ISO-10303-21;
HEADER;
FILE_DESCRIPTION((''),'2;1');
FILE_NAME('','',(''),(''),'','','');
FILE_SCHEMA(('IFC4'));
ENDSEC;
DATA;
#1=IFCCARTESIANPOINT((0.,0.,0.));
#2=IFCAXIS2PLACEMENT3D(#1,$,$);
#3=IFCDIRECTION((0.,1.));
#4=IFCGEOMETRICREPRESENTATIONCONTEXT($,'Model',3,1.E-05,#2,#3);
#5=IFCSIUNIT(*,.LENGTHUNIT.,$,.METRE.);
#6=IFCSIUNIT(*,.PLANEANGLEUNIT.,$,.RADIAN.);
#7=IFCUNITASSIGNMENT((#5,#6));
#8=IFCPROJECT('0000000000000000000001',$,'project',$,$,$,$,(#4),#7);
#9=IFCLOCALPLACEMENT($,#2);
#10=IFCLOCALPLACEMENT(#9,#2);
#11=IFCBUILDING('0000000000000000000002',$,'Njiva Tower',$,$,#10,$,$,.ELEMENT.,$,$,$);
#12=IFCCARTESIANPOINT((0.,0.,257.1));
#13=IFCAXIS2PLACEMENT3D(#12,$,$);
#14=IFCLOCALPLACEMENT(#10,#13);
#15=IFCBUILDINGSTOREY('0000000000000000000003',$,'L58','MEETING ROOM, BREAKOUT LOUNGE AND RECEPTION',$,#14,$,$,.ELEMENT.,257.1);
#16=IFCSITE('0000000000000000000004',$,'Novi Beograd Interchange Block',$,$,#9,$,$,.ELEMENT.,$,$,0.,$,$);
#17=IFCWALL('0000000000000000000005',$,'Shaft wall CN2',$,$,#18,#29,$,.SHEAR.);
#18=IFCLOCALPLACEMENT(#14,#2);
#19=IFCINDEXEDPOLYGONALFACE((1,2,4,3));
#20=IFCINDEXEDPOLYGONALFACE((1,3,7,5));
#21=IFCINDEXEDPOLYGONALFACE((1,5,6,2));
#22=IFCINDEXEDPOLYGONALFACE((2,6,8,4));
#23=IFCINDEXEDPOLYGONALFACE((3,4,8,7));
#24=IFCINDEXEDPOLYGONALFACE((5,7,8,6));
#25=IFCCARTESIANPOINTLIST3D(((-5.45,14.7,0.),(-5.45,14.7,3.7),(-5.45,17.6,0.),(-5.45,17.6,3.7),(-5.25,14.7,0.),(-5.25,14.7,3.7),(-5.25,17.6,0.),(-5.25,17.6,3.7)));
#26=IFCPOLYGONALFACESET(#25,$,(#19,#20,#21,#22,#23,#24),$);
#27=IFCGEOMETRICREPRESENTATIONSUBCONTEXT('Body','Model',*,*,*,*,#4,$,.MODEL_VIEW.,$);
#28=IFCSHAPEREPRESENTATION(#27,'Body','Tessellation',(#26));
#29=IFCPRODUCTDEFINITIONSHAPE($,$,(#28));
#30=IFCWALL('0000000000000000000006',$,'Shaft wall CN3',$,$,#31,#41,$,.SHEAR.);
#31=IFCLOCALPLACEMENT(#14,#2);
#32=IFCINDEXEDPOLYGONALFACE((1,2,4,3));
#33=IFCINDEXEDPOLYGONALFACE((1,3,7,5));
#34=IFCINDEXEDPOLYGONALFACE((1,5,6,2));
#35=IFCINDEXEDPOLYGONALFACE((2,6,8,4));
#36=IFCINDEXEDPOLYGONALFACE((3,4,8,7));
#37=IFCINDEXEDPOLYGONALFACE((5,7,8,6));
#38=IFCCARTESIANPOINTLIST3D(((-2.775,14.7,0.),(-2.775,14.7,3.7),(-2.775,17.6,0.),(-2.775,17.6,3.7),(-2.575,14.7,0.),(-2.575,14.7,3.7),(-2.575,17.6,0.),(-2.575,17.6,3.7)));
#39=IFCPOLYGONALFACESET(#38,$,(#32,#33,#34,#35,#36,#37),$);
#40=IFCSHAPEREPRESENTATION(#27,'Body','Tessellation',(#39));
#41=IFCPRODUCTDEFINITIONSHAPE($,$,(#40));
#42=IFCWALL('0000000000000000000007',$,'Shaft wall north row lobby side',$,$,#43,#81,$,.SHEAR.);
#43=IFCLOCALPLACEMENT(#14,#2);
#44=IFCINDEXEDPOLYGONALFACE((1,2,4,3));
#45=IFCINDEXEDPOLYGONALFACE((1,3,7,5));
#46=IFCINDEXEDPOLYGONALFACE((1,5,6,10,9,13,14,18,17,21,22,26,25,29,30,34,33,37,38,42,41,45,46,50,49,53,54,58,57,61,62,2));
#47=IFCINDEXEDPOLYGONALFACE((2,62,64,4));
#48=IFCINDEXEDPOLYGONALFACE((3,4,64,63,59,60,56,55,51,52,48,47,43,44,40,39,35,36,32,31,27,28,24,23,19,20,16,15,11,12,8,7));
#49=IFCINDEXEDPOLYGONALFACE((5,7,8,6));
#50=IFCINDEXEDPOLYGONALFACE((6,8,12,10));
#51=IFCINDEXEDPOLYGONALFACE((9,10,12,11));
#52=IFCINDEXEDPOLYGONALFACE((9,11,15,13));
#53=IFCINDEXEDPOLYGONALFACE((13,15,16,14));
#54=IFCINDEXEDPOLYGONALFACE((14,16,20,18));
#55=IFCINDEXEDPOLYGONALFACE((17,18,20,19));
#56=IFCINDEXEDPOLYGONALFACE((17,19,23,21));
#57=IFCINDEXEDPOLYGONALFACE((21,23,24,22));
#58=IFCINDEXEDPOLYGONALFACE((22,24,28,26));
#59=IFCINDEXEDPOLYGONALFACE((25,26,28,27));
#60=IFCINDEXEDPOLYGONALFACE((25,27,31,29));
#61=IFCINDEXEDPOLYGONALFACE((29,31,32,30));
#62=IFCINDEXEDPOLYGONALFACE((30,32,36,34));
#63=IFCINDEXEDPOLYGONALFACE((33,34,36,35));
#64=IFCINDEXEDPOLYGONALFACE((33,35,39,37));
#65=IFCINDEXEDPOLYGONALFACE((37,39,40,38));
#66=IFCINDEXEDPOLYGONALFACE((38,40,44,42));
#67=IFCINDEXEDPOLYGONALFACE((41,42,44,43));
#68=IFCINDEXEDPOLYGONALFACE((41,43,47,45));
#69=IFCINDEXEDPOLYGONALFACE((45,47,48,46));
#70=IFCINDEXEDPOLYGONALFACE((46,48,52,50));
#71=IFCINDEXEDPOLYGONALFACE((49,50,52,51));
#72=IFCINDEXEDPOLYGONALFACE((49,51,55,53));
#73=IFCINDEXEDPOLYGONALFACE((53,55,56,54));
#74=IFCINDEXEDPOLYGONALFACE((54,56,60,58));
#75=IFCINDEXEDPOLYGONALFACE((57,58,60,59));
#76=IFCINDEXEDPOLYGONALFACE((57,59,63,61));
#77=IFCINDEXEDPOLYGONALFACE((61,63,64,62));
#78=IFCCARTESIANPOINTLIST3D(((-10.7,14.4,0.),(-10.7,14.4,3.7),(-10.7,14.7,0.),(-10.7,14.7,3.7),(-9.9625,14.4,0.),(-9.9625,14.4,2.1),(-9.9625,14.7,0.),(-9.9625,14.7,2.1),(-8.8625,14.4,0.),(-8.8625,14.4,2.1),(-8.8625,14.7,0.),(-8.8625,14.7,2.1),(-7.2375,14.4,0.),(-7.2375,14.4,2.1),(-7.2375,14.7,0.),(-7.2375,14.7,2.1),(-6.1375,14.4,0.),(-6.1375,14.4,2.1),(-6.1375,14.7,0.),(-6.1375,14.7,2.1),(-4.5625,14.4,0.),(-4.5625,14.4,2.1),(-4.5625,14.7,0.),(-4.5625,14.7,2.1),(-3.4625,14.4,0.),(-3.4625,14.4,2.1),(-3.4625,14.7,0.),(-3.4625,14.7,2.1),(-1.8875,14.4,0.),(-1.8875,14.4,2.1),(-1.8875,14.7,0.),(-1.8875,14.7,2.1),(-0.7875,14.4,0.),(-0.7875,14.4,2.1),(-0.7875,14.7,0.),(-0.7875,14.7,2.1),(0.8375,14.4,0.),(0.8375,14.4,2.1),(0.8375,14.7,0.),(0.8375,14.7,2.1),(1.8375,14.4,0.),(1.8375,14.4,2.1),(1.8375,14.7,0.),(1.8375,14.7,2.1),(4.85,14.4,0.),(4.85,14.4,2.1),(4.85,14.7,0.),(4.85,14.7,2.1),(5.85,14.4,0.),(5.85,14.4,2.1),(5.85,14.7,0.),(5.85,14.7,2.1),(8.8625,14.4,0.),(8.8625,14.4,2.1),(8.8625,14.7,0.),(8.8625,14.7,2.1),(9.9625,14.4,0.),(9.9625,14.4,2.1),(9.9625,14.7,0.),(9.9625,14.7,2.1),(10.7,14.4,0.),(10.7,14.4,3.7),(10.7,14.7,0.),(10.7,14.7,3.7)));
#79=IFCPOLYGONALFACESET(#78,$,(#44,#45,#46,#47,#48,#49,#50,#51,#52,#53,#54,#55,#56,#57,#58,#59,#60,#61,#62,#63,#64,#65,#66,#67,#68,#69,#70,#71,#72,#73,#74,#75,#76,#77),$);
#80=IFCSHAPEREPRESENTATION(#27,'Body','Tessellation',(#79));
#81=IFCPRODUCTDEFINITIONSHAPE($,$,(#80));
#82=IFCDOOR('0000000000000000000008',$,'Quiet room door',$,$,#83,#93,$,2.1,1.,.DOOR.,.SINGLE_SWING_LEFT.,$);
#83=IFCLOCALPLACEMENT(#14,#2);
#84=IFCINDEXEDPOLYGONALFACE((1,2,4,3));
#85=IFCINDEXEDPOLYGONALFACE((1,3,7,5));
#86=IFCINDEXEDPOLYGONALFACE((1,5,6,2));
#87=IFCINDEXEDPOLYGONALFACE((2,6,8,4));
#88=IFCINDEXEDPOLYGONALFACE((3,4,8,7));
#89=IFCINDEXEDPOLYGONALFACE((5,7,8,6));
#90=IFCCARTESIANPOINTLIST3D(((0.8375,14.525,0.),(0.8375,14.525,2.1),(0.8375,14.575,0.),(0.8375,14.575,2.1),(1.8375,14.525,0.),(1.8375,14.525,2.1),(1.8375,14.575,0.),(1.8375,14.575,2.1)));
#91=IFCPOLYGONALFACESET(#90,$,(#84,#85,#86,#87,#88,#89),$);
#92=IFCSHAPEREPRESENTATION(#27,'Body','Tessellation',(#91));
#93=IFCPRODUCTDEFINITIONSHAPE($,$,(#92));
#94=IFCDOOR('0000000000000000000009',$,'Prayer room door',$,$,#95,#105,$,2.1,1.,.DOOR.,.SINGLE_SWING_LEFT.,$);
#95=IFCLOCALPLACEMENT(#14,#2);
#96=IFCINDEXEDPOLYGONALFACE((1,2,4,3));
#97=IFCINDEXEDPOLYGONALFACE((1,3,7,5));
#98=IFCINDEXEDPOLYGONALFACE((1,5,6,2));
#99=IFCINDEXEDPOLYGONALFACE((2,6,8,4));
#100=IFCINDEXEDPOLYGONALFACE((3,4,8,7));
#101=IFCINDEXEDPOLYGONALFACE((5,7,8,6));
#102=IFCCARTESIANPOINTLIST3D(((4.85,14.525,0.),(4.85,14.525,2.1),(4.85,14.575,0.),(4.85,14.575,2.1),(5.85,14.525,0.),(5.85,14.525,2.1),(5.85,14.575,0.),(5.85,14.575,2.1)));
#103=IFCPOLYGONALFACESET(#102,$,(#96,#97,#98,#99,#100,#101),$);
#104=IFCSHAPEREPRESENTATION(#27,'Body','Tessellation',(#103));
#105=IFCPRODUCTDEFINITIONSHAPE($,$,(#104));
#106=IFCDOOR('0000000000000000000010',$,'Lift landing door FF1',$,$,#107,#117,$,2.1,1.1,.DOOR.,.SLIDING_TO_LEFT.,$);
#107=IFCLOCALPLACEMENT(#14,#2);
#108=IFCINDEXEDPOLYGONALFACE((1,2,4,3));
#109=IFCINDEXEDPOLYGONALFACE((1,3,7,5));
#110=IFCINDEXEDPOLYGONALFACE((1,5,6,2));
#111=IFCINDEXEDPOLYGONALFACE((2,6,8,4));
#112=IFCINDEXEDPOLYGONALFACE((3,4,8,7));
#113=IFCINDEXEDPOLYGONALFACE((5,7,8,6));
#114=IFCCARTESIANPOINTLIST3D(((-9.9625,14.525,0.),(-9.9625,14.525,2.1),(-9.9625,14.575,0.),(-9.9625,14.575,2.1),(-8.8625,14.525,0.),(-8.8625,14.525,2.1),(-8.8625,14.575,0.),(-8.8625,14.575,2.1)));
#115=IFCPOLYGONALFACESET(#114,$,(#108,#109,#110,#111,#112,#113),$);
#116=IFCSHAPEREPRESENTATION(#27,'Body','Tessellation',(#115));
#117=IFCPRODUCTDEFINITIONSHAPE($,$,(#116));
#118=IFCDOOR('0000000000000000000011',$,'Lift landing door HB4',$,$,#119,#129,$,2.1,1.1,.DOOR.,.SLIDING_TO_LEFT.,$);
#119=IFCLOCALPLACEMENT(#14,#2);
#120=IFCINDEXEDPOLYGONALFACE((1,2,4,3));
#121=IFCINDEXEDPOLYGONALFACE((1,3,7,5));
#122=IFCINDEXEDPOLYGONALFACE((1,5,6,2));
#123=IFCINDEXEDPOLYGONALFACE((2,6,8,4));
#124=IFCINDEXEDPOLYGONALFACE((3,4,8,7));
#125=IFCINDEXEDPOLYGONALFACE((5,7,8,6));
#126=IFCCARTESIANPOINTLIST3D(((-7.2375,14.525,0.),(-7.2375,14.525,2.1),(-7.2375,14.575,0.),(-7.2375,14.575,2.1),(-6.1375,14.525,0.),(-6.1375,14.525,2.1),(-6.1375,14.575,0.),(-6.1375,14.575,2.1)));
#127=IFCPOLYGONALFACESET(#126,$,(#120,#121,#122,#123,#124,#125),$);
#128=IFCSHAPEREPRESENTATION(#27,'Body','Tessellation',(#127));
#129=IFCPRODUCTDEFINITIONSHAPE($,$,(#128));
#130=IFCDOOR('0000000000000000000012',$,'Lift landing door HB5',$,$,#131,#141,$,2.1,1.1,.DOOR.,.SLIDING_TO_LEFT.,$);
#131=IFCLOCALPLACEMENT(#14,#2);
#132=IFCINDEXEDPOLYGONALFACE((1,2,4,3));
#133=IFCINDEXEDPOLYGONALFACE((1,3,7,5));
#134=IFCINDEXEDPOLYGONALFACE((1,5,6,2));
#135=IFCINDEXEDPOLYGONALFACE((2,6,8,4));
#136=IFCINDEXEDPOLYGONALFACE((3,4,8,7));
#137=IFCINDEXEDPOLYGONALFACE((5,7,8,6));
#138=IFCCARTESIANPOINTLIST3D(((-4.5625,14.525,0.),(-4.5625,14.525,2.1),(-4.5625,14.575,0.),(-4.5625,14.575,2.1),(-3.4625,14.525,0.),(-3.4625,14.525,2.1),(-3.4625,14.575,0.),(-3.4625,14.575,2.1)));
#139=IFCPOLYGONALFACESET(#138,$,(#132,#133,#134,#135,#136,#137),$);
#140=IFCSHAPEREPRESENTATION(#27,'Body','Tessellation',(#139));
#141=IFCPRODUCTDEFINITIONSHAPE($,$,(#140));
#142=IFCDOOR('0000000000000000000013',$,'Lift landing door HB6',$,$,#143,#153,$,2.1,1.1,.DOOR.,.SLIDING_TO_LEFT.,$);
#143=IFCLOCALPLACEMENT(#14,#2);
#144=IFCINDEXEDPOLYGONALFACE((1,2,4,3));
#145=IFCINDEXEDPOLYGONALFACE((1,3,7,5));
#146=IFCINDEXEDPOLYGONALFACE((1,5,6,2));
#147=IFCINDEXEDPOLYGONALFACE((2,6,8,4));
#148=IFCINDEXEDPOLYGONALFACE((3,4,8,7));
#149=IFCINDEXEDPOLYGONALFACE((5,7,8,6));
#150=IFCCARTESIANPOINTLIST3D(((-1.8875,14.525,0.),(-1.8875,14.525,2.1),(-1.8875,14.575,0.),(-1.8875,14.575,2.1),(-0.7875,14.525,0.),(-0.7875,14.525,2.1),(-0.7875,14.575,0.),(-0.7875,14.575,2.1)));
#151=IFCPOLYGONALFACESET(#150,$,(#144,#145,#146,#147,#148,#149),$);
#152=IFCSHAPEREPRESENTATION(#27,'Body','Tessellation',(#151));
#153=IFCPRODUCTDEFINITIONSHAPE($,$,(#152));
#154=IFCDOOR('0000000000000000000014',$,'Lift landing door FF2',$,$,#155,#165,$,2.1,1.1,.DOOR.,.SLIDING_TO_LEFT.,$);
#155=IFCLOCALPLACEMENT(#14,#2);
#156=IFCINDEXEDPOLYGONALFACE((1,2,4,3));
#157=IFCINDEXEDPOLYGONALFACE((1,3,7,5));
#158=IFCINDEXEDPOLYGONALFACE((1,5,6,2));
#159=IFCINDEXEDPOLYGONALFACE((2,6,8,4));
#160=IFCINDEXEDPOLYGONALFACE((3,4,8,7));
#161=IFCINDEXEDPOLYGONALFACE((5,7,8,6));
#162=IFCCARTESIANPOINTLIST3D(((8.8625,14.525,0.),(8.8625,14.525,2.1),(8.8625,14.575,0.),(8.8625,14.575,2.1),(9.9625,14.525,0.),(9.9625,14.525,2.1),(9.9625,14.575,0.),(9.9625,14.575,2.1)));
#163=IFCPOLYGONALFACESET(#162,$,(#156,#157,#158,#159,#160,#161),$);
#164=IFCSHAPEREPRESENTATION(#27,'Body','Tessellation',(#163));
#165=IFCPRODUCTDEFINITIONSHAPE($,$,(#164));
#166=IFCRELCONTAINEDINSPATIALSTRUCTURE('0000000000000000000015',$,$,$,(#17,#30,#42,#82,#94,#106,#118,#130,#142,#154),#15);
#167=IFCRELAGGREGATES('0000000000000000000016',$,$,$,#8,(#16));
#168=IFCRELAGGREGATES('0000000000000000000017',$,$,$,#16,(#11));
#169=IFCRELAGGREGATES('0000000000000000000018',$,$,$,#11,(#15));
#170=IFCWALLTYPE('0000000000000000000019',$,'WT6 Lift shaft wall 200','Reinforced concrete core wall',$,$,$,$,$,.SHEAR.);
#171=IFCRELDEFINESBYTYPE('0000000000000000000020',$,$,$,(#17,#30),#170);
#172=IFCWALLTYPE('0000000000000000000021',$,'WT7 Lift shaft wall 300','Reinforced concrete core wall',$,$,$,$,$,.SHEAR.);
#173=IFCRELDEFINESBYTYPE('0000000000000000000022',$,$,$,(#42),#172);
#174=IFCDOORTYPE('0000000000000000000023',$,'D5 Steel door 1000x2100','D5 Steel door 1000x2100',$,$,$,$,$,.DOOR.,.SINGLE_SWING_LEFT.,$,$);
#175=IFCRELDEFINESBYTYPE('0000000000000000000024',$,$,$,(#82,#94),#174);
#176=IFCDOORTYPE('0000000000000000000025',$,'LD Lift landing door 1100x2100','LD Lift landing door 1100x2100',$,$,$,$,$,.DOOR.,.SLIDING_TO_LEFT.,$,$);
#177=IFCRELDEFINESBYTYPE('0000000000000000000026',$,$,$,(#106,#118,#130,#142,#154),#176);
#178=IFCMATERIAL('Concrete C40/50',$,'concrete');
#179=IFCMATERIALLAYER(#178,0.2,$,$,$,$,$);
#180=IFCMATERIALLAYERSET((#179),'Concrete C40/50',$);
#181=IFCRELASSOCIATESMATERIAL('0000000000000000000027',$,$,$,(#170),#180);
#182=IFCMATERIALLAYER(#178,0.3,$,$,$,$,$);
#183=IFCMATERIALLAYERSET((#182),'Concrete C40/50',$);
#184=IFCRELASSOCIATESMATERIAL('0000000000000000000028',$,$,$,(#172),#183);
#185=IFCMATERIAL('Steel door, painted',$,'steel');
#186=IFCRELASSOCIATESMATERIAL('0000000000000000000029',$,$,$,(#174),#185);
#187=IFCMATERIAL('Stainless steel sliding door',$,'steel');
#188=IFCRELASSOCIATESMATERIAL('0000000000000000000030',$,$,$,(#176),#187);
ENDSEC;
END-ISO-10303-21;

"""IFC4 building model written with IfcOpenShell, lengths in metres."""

from ifc_helpers import new_model, si_unit, direction, frame, frame_2d, origin, place, context, subcontext, project, spatial, rectangle, extrude, material, layer, layer_set, type_object, element, fill, save


model = new_model("IFC4")

# Units and contexts
model_context = context("Model", 3, precision=1e-05, world=origin(), true_north=direction((0.0, 1.0)))
body_context = subcontext(model_context, "Body", "Model", "MODEL_VIEW")
ifc_project = project(units=[si_unit("LENGTHUNIT", "METRE"), si_unit("PLANEANGLEUNIT", "RADIAN")], contexts=[model_context])

# Site, building, storey
site_placement = place(None, origin())
site = spatial("IfcSite", under=ifc_project, at=site_placement, Name="Novi Beograd Interchange Block", CompositionType="ELEMENT", RefElevation=0.0)
building_placement = place(site_placement, origin())
building = spatial("IfcBuilding", under=site, at=building_placement, Name="Njiva Tower", CompositionType="ELEMENT")
storey_placement = place(building_placement, frame((0.0, 0.0, 257.1)))
storey = spatial("IfcBuildingStorey", under=building, at=storey_placement, Name="L58", Description="MEETING ROOM, BREAKOUT LOUNGE AND RECEPTION", CompositionType="ELEMENT", Elevation=257.1)

# Walls
ifc_material_1 = material(Name="Concrete C40/50", Category="concrete")
ifc_layer_1 = layer(ifc_material_1, 0.2)
ifc_layer_set_1 = layer_set([ifc_layer_1], Name="Concrete C40/50")
wall_type_1 = type_object("IfcWallType", Name="WT6 Lift shaft wall 200", Description="Reinforced concrete core wall", PredefinedType="SHEAR", material=ifc_layer_set_1)
for number, where, z_axis, x_axis, name in (
    (1, (-5.35, 14.7, 0.0), (0.0, 0.0, 1.0), (0.0, 1.0, 0.0), "Shaft wall CN2"),
    (2, (-2.675, 14.7, 0.0), (0.0, 0.0, 1.0), (0.0, 1.0, 0.0), "Shaft wall CN3"),
):
    element("IfcWall", number, at=place(storey_placement, frame(where, z_axis=z_axis, x_axis=x_axis)), inside=storey, type_object=wall_type_1, Name=name, PredefinedType="SHEAR", context=body_context, shape_type="SweptSolid", body=[
        extrude(rectangle(XDim=2.9, YDim=0.2, at=frame_2d((1.45, 0.0))), origin(), (0.0, 0.0, 1.0), 3.7),
    ])

# Wall, openings, doors
ifc_layer_2 = layer(ifc_material_1, 0.3)
ifc_layer_set_2 = layer_set([ifc_layer_2], Name="Concrete C40/50")
wall_type_2 = type_object("IfcWallType", Name="WT7 Lift shaft wall 300", Description="Reinforced concrete core wall", PredefinedType="SHEAR", material=ifc_layer_set_2)
wall_1_placement = place(storey_placement, frame((-10.7, 14.55, 0.0), z_axis=(0.0, 0.0, 1.0), x_axis=(1.0, 0.0, 0.0)))
wall_1 = element("IfcWall", 3, at=wall_1_placement, inside=storey, type_object=wall_type_2, Name="Shaft wall north row lobby side", PredefinedType="SHEAR", context=body_context, shape_type="SweptSolid", body=[
    extrude(rectangle(XDim=21.4, YDim=0.3, at=frame_2d((10.7, 0.0))), origin(), (0.0, 0.0, 1.0), 3.7),
])
opening_1_placement = place(wall_1_placement, frame((0.7375, 0.0, 0.0)))
opening_1 = element("IfcOpeningElement", 4, at=opening_1_placement, cuts=wall_1, PredefinedType="OPENING", context=body_context, shape_type="SweptSolid", body=[
    extrude(rectangle(XDim=1.1, YDim=2.1, at=frame_2d((0.55, 1.05))), frame((0.0, 0.16, 0.0), z_axis=(0.0, -1.0, 0.0), x_axis=(1.0, 0.0, 0.0)), (0.0, 0.0, 1.0), 0.32),
])
opening_2_placement = place(wall_1_placement, frame((3.4625, 0.0, 0.0)))
opening_2 = element("IfcOpeningElement", 5, at=opening_2_placement, cuts=wall_1, PredefinedType="OPENING", context=body_context, shape_type="SweptSolid", body=[
    extrude(rectangle(XDim=1.1, YDim=2.1, at=frame_2d((0.55, 1.05))), frame((0.0, 0.16, 0.0), z_axis=(0.0, -1.0, 0.0), x_axis=(1.0, 0.0, 0.0)), (0.0, 0.0, 1.0), 0.32),
])
opening_3_placement = place(wall_1_placement, frame((6.1375, 0.0, 0.0)))
opening_3 = element("IfcOpeningElement", 6, at=opening_3_placement, cuts=wall_1, PredefinedType="OPENING", context=body_context, shape_type="SweptSolid", body=[
    extrude(rectangle(XDim=1.1, YDim=2.1, at=frame_2d((0.55, 1.05))), frame((0.0, 0.16, 0.0), z_axis=(0.0, -1.0, 0.0), x_axis=(1.0, 0.0, 0.0)), (0.0, 0.0, 1.0), 0.32),
])
opening_4_placement = place(wall_1_placement, frame((8.8125, 0.0, 0.0)))
opening_4 = element("IfcOpeningElement", 7, at=opening_4_placement, cuts=wall_1, PredefinedType="OPENING", context=body_context, shape_type="SweptSolid", body=[
    extrude(rectangle(XDim=1.1, YDim=2.1, at=frame_2d((0.55, 1.05))), frame((0.0, 0.16, 0.0), z_axis=(0.0, -1.0, 0.0), x_axis=(1.0, 0.0, 0.0)), (0.0, 0.0, 1.0), 0.32),
])
opening_5_placement = place(wall_1_placement, frame((19.5625, 0.0, 0.0)))
opening_5 = element("IfcOpeningElement", 8, at=opening_5_placement, cuts=wall_1, PredefinedType="OPENING", context=body_context, shape_type="SweptSolid", body=[
    extrude(rectangle(XDim=1.1, YDim=2.1, at=frame_2d((0.55, 1.05))), frame((0.0, 0.16, 0.0), z_axis=(0.0, -1.0, 0.0), x_axis=(1.0, 0.0, 0.0)), (0.0, 0.0, 1.0), 0.32),
])
opening_6_placement = place(wall_1_placement, frame((11.5375, 0.0, 0.0)))
opening_6 = element("IfcOpeningElement", 9, at=opening_6_placement, cuts=wall_1, PredefinedType="OPENING", context=body_context, shape_type="SweptSolid", body=[
    extrude(rectangle(XDim=1.0, YDim=2.1, at=frame_2d((0.5, 1.05))), frame((0.0, 0.16, 0.0), z_axis=(0.0, -1.0, 0.0), x_axis=(1.0, 0.0, 0.0)), (0.0, 0.0, 1.0), 0.32),
])
opening_7_placement = place(wall_1_placement, frame((15.55, 0.0, 0.0)))
opening_7 = element("IfcOpeningElement", 10, at=opening_7_placement, cuts=wall_1, PredefinedType="OPENING", context=body_context, shape_type="SweptSolid", body=[
    extrude(rectangle(XDim=1.0, YDim=2.1, at=frame_2d((0.5, 1.05))), frame((0.0, 0.16, 0.0), z_axis=(0.0, -1.0, 0.0), x_axis=(1.0, 0.0, 0.0)), (0.0, 0.0, 1.0), 0.32),
])
ifc_material_2 = material(Name="Steel door, painted", Category="steel")
door_type_1 = type_object("IfcDoorType", Name="D5 Steel door 1000x2100", Description="D5 Steel door 1000x2100", OperationType="SINGLE_SWING_LEFT", PredefinedType="DOOR", material=ifc_material_2)
door_1_placement = place(opening_6_placement, origin())
door_1 = element("IfcDoor", 11, at=door_1_placement, inside=storey, type_object=door_type_1, Name="Quiet room door", OperationType="SINGLE_SWING_LEFT", OverallHeight=2.1, OverallWidth=1.0, PredefinedType="DOOR", context=body_context, shape_type="SweptSolid", body=[
    extrude(rectangle(XDim=1.0, YDim=2.1, at=frame_2d((0.5, 1.05))), frame((0.0, 0.025, 0.0), z_axis=(0.0, -1.0, 0.0), x_axis=(1.0, 0.0, 0.0)), (0.0, 0.0, 1.0), 0.05),
])
fill(opening_6, door_1)
door_2_placement = place(opening_7_placement, origin())
door_2 = element("IfcDoor", 12, at=door_2_placement, inside=storey, type_object=door_type_1, Name="Prayer room door", OperationType="SINGLE_SWING_LEFT", OverallHeight=2.1, OverallWidth=1.0, PredefinedType="DOOR", context=body_context, shape_type="SweptSolid", body=[
    extrude(rectangle(XDim=1.0, YDim=2.1, at=frame_2d((0.5, 1.05))), frame((0.0, 0.025, 0.0), z_axis=(0.0, -1.0, 0.0), x_axis=(1.0, 0.0, 0.0)), (0.0, 0.0, 1.0), 0.05),
])
fill(opening_7, door_2)
ifc_material_3 = material(Name="Stainless steel sliding door", Category="steel")
door_type_2 = type_object("IfcDoorType", Name="LD Lift landing door 1100x2100", Description="LD Lift landing door 1100x2100", OperationType="SLIDING_TO_LEFT", PredefinedType="DOOR", material=ifc_material_3)
door_3_placement = place(opening_1_placement, origin())
door_3 = element("IfcDoor", 13, at=door_3_placement, inside=storey, type_object=door_type_2, Name="Lift landing door FF1", OperationType="SLIDING_TO_LEFT", OverallHeight=2.1, OverallWidth=1.1, PredefinedType="DOOR", context=body_context, shape_type="SweptSolid", body=[
    extrude(rectangle(XDim=1.1, YDim=2.1, at=frame_2d((0.55, 1.05))), frame((0.0, 0.025, 0.0), z_axis=(0.0, -1.0, 0.0), x_axis=(1.0, 0.0, 0.0)), (0.0, 0.0, 1.0), 0.05),
])
fill(opening_1, door_3)
door_4_placement = place(opening_2_placement, origin())
door_4 = element("IfcDoor", 14, at=door_4_placement, inside=storey, type_object=door_type_2, Name="Lift landing door HB4", OperationType="SLIDING_TO_LEFT", OverallHeight=2.1, OverallWidth=1.1, PredefinedType="DOOR", context=body_context, shape_type="SweptSolid", body=[
    extrude(rectangle(XDim=1.1, YDim=2.1, at=frame_2d((0.55, 1.05))), frame((0.0, 0.025, 0.0), z_axis=(0.0, -1.0, 0.0), x_axis=(1.0, 0.0, 0.0)), (0.0, 0.0, 1.0), 0.05),
])
fill(opening_2, door_4)
door_5_placement = place(opening_3_placement, origin())
door_5 = element("IfcDoor", 15, at=door_5_placement, inside=storey, type_object=door_type_2, Name="Lift landing door HB5", OperationType="SLIDING_TO_LEFT", OverallHeight=2.1, OverallWidth=1.1, PredefinedType="DOOR", context=body_context, shape_type="SweptSolid", body=[
    extrude(rectangle(XDim=1.1, YDim=2.1, at=frame_2d((0.55, 1.05))), frame((0.0, 0.025, 0.0), z_axis=(0.0, -1.0, 0.0), x_axis=(1.0, 0.0, 0.0)), (0.0, 0.0, 1.0), 0.05),
])
fill(opening_3, door_5)
door_6_placement = place(opening_4_placement, origin())
door_6 = element("IfcDoor", 16, at=door_6_placement, inside=storey, type_object=door_type_2, Name="Lift landing door HB6", OperationType="SLIDING_TO_LEFT", OverallHeight=2.1, OverallWidth=1.1, PredefinedType="DOOR", context=body_context, shape_type="SweptSolid", body=[
    extrude(rectangle(XDim=1.1, YDim=2.1, at=frame_2d((0.55, 1.05))), frame((0.0, 0.025, 0.0), z_axis=(0.0, -1.0, 0.0), x_axis=(1.0, 0.0, 0.0)), (0.0, 0.0, 1.0), 0.05),
])
fill(opening_4, door_6)
door_7_placement = place(opening_5_placement, origin())
door_7 = element("IfcDoor", 17, at=door_7_placement, inside=storey, type_object=door_type_2, Name="Lift landing door FF2", OperationType="SLIDING_TO_LEFT", OverallHeight=2.1, OverallWidth=1.1, PredefinedType="DOOR", context=body_context, shape_type="SweptSolid", body=[
    extrude(rectangle(XDim=1.1, YDim=2.1, at=frame_2d((0.55, 1.05))), frame((0.0, 0.025, 0.0), z_axis=(0.0, -1.0, 0.0), x_axis=(1.0, 0.0, 0.0)), (0.0, 0.0, 1.0), 0.05),
])
fill(opening_5, door_7)

save(model, "model.ifc")
